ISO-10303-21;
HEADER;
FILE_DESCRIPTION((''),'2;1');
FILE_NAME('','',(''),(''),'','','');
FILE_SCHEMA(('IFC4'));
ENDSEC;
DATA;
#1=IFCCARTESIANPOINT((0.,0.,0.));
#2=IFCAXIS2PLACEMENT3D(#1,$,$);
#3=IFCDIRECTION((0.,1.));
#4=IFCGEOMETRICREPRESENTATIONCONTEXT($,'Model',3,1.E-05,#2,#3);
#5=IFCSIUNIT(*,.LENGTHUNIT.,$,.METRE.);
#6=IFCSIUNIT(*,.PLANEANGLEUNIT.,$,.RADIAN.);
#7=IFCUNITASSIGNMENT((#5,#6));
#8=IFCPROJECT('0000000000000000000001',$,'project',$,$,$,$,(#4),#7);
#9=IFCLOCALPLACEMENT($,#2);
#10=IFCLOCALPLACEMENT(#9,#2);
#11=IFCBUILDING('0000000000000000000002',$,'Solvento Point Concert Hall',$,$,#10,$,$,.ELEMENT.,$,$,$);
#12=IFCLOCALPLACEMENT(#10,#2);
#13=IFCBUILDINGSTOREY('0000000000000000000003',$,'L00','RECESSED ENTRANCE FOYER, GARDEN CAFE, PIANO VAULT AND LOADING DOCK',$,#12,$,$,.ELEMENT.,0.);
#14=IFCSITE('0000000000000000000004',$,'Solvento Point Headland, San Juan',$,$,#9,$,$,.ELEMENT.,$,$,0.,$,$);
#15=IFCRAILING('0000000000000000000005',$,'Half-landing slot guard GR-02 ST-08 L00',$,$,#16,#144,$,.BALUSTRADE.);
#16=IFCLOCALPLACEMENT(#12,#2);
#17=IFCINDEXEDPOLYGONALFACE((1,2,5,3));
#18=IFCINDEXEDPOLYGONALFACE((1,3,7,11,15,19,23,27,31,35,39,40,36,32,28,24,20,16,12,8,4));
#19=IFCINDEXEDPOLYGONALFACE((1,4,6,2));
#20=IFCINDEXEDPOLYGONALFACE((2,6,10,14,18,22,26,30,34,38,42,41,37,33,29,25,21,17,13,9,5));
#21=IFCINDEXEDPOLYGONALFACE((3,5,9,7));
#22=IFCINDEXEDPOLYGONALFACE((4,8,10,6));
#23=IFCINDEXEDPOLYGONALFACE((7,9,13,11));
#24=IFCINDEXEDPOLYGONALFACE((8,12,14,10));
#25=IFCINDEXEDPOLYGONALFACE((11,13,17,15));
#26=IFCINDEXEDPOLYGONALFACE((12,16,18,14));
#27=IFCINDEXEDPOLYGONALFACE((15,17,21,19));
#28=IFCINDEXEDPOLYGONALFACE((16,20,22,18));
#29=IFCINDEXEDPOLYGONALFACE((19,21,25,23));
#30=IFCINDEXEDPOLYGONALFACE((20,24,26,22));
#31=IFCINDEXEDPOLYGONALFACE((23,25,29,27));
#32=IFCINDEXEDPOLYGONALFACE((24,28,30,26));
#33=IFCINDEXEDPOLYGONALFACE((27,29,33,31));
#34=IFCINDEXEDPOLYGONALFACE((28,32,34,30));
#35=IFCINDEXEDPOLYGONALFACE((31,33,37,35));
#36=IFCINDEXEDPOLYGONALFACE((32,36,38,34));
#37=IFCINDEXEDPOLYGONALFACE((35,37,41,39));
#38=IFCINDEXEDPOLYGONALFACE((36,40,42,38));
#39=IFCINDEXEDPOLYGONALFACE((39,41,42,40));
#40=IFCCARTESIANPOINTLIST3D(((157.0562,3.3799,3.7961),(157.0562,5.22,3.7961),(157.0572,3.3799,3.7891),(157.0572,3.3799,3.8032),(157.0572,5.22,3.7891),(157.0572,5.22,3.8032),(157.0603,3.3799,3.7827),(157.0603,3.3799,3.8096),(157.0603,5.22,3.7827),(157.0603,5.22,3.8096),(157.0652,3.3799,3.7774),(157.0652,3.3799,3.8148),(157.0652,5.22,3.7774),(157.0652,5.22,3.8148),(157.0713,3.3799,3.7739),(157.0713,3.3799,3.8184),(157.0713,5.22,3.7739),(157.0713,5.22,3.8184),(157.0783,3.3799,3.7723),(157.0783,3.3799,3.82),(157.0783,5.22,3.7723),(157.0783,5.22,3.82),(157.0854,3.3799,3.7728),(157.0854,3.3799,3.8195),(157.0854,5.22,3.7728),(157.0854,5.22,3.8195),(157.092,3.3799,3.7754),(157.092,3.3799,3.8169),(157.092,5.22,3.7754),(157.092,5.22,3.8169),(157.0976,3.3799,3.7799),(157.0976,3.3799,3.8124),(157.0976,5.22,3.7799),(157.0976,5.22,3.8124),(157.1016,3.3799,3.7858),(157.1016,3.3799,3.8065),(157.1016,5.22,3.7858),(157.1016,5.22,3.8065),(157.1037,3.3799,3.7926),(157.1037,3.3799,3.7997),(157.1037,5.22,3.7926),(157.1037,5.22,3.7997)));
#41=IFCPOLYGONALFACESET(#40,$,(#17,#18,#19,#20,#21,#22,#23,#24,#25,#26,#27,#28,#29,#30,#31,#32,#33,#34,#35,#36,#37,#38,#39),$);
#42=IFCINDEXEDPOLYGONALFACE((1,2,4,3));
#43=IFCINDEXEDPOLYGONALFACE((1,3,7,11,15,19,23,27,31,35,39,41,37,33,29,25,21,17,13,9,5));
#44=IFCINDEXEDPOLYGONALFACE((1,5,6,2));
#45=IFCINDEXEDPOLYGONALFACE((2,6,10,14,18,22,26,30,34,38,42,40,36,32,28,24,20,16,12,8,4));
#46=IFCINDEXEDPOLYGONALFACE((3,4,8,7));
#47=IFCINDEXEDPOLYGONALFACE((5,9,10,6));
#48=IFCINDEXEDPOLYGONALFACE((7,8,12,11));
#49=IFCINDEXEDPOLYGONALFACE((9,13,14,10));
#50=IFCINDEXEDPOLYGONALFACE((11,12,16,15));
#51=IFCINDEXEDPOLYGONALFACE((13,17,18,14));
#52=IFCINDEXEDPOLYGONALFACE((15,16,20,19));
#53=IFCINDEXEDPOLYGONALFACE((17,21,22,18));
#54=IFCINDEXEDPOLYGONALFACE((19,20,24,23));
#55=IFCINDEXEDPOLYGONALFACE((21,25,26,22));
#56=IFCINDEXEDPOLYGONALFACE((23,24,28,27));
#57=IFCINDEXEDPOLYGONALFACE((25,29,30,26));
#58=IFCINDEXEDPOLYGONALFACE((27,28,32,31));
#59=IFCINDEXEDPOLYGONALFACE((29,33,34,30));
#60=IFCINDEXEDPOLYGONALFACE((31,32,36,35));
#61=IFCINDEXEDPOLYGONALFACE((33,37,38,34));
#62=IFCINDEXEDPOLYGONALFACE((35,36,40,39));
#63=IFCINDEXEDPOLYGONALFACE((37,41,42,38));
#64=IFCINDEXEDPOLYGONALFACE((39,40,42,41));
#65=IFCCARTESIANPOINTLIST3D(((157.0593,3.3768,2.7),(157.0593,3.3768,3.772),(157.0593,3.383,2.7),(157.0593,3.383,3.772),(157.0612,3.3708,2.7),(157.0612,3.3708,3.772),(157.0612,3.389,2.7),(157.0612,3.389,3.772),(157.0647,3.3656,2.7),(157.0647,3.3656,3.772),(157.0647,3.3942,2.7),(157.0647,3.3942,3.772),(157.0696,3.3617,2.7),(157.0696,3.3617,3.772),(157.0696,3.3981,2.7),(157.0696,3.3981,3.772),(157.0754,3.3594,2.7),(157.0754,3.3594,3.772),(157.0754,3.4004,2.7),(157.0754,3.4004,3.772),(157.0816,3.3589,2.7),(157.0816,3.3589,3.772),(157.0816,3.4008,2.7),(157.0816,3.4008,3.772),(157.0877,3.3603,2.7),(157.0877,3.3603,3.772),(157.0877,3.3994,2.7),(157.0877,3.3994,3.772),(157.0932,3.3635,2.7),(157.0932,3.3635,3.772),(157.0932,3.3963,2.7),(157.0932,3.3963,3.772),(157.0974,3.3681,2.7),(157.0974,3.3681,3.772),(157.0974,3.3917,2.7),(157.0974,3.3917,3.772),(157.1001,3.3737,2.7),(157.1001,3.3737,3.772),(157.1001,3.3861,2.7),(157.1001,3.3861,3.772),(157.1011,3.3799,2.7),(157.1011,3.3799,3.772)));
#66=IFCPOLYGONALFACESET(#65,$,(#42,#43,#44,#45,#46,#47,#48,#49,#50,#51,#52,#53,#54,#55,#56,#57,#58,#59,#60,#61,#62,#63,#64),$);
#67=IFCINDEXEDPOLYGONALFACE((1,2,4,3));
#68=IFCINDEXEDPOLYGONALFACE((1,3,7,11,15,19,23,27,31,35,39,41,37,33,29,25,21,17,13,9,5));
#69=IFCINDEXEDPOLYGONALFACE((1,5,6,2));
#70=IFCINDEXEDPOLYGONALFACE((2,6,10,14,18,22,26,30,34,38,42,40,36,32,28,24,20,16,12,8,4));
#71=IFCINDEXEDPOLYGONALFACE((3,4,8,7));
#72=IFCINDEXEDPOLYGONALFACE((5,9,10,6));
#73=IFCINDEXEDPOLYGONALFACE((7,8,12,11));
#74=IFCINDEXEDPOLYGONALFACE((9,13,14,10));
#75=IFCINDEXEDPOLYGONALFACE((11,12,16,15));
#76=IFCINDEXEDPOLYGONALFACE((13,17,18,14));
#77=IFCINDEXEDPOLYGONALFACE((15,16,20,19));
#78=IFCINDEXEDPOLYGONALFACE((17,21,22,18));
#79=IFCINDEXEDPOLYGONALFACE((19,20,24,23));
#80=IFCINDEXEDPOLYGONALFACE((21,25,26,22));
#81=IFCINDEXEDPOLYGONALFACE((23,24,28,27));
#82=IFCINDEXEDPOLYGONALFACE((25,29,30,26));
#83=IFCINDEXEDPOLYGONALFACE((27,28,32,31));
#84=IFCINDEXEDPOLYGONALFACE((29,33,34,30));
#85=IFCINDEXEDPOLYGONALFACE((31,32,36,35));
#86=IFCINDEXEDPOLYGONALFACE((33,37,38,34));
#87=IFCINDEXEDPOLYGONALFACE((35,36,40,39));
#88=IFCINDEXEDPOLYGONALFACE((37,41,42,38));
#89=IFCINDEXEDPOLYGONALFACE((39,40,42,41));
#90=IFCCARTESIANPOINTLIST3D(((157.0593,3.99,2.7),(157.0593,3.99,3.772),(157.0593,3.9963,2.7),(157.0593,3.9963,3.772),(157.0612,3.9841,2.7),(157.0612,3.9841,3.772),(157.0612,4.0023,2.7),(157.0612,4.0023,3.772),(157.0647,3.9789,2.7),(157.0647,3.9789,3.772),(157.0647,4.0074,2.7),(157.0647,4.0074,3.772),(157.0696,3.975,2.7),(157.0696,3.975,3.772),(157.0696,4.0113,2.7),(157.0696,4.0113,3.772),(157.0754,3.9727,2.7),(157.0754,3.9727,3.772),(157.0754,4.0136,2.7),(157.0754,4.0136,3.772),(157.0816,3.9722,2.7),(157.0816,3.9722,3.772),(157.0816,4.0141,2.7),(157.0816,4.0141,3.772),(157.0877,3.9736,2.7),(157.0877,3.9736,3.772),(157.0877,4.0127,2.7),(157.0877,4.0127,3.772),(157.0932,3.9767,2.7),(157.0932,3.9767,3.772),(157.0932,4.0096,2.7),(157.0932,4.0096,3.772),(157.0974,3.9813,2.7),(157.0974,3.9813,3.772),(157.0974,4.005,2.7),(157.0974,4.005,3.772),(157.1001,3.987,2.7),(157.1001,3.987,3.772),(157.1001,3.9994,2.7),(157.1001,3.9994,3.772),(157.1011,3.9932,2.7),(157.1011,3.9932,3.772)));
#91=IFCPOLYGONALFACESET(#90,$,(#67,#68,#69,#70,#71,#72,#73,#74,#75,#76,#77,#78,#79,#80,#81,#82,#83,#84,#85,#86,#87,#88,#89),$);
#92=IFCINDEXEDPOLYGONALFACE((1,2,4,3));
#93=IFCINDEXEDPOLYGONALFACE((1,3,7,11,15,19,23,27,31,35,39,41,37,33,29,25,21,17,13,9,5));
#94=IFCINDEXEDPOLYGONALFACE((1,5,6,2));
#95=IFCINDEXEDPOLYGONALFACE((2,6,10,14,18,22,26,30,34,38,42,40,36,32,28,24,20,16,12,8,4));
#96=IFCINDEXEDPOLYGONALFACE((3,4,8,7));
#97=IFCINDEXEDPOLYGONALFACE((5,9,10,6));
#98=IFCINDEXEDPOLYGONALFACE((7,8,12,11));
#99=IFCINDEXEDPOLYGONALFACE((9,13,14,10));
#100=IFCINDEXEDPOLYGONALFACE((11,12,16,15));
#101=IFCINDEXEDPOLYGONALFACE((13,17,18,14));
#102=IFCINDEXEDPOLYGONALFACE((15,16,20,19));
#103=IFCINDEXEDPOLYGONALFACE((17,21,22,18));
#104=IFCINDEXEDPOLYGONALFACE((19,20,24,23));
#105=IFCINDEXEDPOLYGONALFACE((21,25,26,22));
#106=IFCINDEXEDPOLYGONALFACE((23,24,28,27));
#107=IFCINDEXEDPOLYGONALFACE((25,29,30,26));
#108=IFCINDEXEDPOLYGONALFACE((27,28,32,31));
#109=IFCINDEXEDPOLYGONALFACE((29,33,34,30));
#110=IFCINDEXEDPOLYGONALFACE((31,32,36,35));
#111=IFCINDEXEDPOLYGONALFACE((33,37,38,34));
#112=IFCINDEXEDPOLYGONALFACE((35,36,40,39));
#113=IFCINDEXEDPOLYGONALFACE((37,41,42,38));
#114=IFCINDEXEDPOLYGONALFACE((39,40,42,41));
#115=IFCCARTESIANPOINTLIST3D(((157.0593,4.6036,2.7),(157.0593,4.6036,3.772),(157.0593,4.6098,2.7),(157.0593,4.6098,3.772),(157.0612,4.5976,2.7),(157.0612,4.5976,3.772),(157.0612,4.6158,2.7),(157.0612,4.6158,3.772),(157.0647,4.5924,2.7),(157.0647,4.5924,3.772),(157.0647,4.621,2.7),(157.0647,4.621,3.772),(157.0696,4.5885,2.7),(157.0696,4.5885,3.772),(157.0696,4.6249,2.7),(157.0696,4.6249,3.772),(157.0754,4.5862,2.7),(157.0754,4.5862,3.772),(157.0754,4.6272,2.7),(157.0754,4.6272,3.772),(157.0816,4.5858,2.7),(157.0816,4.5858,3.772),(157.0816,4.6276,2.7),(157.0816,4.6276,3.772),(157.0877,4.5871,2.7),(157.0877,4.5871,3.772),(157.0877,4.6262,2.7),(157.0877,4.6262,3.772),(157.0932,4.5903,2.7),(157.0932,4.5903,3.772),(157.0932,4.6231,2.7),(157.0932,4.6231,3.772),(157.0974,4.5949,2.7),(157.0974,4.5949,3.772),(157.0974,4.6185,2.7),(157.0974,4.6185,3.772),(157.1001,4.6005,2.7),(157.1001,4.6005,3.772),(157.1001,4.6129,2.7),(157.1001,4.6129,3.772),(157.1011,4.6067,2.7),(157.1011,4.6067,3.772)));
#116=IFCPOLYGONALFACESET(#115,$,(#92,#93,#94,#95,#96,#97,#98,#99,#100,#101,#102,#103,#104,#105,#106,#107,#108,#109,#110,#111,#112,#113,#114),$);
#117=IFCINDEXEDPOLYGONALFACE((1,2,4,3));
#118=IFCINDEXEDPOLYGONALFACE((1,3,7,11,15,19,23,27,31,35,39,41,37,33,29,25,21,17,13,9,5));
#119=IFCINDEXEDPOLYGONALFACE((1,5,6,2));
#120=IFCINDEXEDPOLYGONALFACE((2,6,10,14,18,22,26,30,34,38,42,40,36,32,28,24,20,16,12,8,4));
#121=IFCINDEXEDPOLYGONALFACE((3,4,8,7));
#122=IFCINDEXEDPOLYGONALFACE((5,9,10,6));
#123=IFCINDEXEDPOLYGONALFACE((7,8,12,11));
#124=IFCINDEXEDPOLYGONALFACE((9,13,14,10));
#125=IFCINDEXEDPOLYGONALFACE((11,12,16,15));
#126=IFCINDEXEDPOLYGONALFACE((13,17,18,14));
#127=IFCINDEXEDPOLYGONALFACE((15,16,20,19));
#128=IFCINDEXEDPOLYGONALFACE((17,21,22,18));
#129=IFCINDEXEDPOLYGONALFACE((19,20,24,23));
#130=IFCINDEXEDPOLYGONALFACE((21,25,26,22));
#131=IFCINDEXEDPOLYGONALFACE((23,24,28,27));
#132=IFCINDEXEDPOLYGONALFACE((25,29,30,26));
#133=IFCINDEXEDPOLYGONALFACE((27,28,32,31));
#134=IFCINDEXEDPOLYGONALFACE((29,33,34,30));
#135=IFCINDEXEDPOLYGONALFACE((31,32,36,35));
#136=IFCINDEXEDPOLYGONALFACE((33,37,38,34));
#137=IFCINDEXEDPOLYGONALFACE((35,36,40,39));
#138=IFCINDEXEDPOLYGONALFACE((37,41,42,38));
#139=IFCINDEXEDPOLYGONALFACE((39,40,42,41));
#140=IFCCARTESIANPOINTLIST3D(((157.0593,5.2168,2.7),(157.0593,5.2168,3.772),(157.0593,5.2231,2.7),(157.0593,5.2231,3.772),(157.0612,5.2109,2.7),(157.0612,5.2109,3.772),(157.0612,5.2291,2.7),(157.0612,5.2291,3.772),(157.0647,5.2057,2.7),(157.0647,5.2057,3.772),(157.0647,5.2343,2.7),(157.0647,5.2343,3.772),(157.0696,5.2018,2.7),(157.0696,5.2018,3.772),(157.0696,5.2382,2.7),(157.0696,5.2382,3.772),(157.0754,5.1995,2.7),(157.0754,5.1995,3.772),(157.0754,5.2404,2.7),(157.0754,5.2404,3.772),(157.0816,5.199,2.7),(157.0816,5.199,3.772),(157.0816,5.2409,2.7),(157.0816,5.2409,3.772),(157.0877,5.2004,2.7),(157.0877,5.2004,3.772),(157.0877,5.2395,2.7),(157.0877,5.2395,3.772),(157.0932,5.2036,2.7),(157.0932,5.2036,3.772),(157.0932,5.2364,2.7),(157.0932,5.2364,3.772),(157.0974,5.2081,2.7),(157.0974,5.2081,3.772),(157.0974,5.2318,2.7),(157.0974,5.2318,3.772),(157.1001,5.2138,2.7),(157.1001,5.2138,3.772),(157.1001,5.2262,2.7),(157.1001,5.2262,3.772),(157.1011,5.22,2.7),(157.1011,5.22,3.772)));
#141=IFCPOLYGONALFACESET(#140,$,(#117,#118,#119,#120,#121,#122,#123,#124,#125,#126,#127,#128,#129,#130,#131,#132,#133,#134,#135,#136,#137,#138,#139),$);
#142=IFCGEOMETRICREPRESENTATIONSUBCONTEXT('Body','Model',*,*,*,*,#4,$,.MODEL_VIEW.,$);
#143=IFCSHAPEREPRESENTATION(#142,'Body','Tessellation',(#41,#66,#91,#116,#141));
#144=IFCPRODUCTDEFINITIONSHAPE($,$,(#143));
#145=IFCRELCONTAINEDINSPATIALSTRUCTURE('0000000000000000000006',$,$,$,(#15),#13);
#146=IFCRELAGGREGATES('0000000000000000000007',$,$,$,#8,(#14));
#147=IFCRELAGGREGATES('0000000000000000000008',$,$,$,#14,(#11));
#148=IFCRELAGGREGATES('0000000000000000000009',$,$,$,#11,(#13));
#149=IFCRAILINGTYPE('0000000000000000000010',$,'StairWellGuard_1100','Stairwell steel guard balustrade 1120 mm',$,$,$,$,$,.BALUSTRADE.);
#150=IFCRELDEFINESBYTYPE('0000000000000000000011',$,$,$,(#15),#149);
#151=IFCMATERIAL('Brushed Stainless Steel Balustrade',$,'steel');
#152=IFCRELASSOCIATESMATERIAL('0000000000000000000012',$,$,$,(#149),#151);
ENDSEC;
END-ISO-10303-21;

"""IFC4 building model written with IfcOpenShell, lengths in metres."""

from ifc_helpers import new_model, si_unit, direction, frame, origin, origin_2d, place, context, subcontext, project, spatial, circle, extrude, material, type_object, element, save


model = new_model("IFC4")

# Units and contexts
model_context = context("Model", 3, precision=1e-05, world=origin(), true_north=direction((0.0, 1.0)))
body_context = subcontext(model_context, "Body", "Model", "MODEL_VIEW")
ifc_project = project(units=[si_unit("LENGTHUNIT", "METRE"), si_unit("PLANEANGLEUNIT", "RADIAN")], contexts=[model_context])

# Site, building, storey
site_placement = place(None, origin())
site = spatial("IfcSite", under=ifc_project, at=site_placement, Name="Solvento Point Headland, San Juan", CompositionType="ELEMENT", RefElevation=0.0)
building_placement = place(site_placement, origin())
building = spatial("IfcBuilding", under=site, at=building_placement, Name="Solvento Point Concert Hall", CompositionType="ELEMENT")
storey_placement = place(building_placement, origin())
storey = spatial("IfcBuildingStorey", under=building, at=storey_placement, Name="L00", Description="RECESSED ENTRANCE FOYER, GARDEN CAFE, PIANO VAULT AND LOADING DOCK", CompositionType="ELEMENT", Elevation=0.0)

# Railing
ifc_material_1 = material(Name="Brushed Stainless Steel Balustrade", Category="steel")
railing_type_1 = type_object("IfcRailingType", Name="StairWellGuard_1100", Description="Stairwell steel guard balustrade 1120 mm", PredefinedType="BALUSTRADE", material=ifc_material_1)
railing_1_placement = place(storey_placement, frame((157.0801, 3.3799, 2.7)))
element("IfcRailing", 1, at=railing_1_placement, inside=storey, type_object=railing_type_1, Name="Half-landing slot guard GR-02 ST-08 L00", PredefinedType="BALUSTRADE", context=body_context, shape_type="SweptSolid", body=[
    extrude(circle(Radius=0.0239, at=origin_2d()), frame((0.0, 0.0, 1.0962), z_axis=(0.0, 1.0, 0.0), x_axis=(-1.0, 0.0, 0.0)), (0.0, 0.0, 1.0), 1.8401),
    extrude(circle(Radius=0.021, at=origin_2d()), origin(), (0.0, 0.0, 1.0), 1.072),
    extrude(circle(Radius=0.021, at=origin_2d()), frame((0.0, 0.6133, 0.0)), (0.0, 0.0, 1.0), 1.072),
    extrude(circle(Radius=0.021, at=origin_2d()), frame((0.0, 1.2268, 0.0)), (0.0, 0.0, 1.0), 1.072),
    extrude(circle(Radius=0.021, at=origin_2d()), frame((0.0, 1.8401, 0.0)), (0.0, 0.0, 1.0), 1.072),
])

save(model, "model.ifc")
